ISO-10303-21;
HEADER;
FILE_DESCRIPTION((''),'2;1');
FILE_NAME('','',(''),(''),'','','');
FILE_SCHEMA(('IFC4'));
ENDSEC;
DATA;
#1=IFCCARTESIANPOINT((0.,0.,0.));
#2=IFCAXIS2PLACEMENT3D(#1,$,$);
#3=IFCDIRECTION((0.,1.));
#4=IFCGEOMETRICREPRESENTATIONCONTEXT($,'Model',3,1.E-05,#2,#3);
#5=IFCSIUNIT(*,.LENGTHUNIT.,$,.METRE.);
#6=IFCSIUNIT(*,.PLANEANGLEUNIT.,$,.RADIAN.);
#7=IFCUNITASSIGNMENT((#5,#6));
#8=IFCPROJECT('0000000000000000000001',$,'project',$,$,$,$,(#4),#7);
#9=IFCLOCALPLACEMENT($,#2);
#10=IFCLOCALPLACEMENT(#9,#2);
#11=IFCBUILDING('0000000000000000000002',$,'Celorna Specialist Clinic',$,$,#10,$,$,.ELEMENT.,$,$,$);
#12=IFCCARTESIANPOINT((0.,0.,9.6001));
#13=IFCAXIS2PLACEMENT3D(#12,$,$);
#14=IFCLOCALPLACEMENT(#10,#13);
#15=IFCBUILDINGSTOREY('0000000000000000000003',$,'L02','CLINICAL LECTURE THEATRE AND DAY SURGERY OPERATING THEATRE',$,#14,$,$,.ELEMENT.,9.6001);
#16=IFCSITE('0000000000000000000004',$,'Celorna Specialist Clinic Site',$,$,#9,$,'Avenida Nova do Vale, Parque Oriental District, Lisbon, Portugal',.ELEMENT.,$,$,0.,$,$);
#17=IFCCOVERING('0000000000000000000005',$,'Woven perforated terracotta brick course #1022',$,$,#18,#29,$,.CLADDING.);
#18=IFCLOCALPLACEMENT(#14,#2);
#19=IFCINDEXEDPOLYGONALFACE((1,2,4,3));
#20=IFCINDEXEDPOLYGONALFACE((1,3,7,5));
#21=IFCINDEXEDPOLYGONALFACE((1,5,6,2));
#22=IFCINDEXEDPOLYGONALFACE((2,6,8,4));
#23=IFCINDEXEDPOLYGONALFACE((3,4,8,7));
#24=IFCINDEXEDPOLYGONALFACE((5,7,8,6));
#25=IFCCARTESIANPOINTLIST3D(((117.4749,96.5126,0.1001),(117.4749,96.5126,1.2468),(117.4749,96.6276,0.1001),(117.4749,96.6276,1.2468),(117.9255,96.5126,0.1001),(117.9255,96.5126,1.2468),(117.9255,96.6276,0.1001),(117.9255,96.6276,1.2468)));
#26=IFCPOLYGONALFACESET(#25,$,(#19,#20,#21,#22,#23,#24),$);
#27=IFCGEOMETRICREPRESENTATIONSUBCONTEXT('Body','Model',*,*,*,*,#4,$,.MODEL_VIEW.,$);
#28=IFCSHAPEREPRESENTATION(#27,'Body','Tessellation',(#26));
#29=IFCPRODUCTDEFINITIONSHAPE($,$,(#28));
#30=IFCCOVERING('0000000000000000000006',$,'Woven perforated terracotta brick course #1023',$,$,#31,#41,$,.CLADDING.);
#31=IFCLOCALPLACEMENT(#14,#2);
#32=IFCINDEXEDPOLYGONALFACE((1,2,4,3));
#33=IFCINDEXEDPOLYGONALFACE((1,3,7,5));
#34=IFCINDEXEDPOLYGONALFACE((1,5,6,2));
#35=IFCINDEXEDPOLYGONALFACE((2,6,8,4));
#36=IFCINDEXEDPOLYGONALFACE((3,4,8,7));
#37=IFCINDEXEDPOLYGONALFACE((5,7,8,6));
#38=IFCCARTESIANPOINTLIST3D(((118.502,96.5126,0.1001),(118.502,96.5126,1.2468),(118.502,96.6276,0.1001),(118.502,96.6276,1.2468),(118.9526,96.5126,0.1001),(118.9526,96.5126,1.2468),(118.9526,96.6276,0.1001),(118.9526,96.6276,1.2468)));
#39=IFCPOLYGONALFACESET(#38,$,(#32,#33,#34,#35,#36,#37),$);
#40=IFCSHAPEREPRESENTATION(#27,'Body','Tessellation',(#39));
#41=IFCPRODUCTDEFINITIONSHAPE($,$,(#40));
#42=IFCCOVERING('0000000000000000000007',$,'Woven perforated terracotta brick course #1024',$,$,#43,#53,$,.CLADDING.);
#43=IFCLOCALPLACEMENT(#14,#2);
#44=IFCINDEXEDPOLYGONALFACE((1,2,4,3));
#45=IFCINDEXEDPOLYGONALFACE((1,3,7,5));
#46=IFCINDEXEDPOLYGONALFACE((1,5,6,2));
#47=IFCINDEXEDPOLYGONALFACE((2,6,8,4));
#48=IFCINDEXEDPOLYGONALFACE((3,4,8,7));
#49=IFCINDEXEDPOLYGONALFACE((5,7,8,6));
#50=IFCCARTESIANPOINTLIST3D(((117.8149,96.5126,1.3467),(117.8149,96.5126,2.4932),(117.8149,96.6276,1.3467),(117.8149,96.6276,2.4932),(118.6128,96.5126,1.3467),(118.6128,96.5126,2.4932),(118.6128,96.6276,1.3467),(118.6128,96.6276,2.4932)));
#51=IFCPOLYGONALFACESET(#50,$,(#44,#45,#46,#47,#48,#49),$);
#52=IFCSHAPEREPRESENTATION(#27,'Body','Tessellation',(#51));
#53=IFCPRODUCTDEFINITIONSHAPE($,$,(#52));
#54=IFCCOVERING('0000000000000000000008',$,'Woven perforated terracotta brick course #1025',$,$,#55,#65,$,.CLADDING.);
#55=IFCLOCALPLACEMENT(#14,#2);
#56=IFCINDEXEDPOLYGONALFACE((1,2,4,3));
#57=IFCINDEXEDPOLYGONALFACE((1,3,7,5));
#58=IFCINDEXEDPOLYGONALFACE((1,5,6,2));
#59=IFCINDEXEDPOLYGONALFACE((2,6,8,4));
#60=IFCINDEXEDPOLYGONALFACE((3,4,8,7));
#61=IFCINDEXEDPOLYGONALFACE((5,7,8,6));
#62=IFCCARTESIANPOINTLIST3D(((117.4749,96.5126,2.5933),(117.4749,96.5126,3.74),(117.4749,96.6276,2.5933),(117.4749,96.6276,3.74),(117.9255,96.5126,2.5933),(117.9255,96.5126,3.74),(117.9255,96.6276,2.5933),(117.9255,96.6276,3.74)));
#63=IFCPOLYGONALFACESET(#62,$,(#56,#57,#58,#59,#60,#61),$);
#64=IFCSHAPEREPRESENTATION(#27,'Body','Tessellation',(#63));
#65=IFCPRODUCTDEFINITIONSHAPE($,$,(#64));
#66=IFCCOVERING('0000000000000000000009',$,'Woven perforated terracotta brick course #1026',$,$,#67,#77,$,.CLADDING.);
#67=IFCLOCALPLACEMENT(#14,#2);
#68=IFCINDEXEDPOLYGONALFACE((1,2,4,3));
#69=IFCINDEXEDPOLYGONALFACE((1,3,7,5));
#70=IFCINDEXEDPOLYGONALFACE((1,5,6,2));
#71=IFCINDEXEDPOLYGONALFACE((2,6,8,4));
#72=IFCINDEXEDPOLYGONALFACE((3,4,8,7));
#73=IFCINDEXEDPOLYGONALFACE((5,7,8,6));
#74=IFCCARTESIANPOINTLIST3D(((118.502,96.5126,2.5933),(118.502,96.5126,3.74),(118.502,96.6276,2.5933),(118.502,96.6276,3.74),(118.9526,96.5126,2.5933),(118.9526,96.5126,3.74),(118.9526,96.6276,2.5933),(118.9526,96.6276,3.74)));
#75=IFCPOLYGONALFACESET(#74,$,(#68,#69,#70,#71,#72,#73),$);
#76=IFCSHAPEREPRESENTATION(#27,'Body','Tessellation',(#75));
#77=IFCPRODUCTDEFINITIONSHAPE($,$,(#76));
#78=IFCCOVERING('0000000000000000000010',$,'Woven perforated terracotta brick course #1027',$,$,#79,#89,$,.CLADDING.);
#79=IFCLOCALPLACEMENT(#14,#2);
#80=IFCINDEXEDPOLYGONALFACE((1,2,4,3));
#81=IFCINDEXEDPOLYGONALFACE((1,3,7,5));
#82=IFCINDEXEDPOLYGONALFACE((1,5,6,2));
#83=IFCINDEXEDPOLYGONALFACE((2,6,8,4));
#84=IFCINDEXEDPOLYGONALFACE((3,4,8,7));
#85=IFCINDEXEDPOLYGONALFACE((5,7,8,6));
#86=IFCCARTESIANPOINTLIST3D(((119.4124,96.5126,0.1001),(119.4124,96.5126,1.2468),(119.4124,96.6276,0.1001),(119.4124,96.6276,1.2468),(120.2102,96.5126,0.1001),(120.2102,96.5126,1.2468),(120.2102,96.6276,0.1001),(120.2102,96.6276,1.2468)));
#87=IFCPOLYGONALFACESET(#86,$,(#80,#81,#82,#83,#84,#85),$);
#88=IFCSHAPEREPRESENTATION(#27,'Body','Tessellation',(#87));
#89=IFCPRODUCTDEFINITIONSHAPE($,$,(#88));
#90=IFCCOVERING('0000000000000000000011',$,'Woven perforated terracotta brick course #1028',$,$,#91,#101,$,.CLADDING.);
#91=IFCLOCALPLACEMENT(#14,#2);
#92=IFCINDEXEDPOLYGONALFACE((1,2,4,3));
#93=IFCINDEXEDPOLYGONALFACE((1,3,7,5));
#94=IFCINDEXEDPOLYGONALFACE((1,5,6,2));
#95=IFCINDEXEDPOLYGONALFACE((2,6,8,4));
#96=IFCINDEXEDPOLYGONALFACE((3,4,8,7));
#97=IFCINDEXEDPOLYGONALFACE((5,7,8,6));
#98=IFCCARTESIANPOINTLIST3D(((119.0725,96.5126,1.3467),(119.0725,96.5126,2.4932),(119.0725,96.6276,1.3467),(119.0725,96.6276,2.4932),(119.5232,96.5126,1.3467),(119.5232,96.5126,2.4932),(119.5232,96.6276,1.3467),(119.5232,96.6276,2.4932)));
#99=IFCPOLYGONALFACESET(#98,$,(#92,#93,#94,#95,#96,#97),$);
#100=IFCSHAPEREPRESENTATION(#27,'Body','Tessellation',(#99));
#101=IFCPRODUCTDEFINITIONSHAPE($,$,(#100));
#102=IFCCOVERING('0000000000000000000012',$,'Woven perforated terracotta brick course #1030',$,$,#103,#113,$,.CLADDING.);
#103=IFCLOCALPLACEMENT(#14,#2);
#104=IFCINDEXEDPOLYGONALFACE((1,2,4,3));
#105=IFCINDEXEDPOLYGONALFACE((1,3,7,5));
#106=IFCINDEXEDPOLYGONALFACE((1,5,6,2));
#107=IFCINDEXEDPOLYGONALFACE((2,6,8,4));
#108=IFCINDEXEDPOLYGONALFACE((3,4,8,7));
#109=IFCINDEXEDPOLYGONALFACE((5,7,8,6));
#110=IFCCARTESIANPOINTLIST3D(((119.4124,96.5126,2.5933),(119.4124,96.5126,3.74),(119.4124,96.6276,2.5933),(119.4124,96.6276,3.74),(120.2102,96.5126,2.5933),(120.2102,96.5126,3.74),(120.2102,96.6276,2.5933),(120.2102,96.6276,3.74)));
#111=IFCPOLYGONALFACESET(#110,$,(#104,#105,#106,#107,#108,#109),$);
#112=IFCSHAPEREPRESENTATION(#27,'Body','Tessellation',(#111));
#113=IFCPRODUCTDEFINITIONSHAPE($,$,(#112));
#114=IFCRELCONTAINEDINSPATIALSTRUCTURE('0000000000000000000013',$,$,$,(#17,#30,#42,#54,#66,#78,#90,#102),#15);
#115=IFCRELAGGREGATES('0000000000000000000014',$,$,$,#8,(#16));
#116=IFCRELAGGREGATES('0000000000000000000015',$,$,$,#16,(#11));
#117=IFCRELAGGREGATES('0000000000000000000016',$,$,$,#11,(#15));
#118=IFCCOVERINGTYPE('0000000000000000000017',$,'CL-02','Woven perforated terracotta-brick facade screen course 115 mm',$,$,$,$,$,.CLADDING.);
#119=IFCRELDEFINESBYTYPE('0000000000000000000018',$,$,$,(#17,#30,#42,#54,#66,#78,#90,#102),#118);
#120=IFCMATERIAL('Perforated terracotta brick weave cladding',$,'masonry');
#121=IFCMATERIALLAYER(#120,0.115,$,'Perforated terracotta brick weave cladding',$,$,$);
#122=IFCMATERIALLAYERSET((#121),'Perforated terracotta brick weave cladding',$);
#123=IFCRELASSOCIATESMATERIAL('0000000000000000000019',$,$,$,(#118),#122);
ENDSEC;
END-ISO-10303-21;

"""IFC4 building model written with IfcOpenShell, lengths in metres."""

from ifc_helpers import new_model, si_unit, direction, frame, origin, origin_2d, place, context, subcontext, project, spatial, rectangle, extrude, material, layer, layer_set, type_object, element, save


model = new_model("IFC4")

# Units and contexts
model_context = context("Model", 3, precision=1e-05, world=origin(), true_north=direction((0.0, 1.0)))
body_context = subcontext(model_context, "Body", "Model", "MODEL_VIEW")
ifc_project = project(units=[si_unit("LENGTHUNIT", "METRE"), si_unit("PLANEANGLEUNIT", "RADIAN")], contexts=[model_context])

# Site, building, storey
site_placement = place(None, origin())
site = spatial("IfcSite", under=ifc_project, at=site_placement, Name="Celorna Specialist Clinic Site", LongName="Avenida Nova do Vale, Parque Oriental District, Lisbon, Portugal", CompositionType="ELEMENT", RefElevation=0.0)
building_placement = place(site_placement, origin())
building = spatial("IfcBuilding", under=site, at=building_placement, Name="Celorna Specialist Clinic", CompositionType="ELEMENT")
storey_placement = place(building_placement, frame((0.0, 0.0, 9.6001)))
storey = spatial("IfcBuildingStorey", under=building, at=storey_placement, Name="L02", Description="CLINICAL LECTURE THEATRE AND DAY SURGERY OPERATING THEATRE", CompositionType="ELEMENT", Elevation=9.6001)

# Coverings
ifc_material_1 = material(Name="Perforated terracotta brick weave cladding", Category="masonry")
ifc_layer_1 = layer(ifc_material_1, 0.115, Name="Perforated terracotta brick weave cladding")
ifc_layer_set_1 = layer_set([ifc_layer_1], Name="Perforated terracotta brick weave cladding")
covering_type = type_object("IfcCoveringType", Name="CL-02", Description="Woven perforated terracotta-brick facade screen course 115 mm", PredefinedType="CLADDING", material=ifc_layer_set_1)
for number, where, z_axis, x_axis, name in (
    (1, (117.7002, 96.5701, 0.1001), (0.0, 0.0, 1.0), (1.0, 0.0, 0.0), "Woven perforated terracotta brick course #1022"),
    (2, (118.7273, 96.5701, 0.1001), (0.0, 0.0, 1.0), (1.0, 0.0, 0.0), "Woven perforated terracotta brick course #1023"),
):
    element("IfcCovering", number, at=place(storey_placement, frame(where, z_axis=z_axis, x_axis=x_axis)), inside=storey, type_object=covering_type, Name=name, PredefinedType="CLADDING", context=body_context, shape_type="SweptSolid", body=[
        extrude(rectangle(XDim=0.4507, YDim=0.115, at=origin_2d()), origin(), (0.0, 0.0, 1.0), 1.1467),
    ])
covering_1_placement = place(storey_placement, frame((118.2139, 96.5701, 1.3467), z_axis=(0.0, 0.0, 1.0), x_axis=(1.0, 0.0, 0.0)))
element("IfcCovering", 3, at=covering_1_placement, inside=storey, type_object=covering_type, Name="Woven perforated terracotta brick course #1024", PredefinedType="CLADDING", context=body_context, shape_type="SweptSolid", body=[
    extrude(rectangle(XDim=0.7979, YDim=0.115, at=origin_2d()), origin(), (0.0, 0.0, 1.0), 1.1465),
])
for number, where, z_axis, x_axis, name in (
    (4, (117.7002, 96.5701, 2.5933), (0.0, 0.0, 1.0), (1.0, 0.0, 0.0), "Woven perforated terracotta brick course #1025"),
    (5, (118.7273, 96.5701, 2.5933), (0.0, 0.0, 1.0), (1.0, 0.0, 0.0), "Woven perforated terracotta brick course #1026"),
):
    element("IfcCovering", number, at=place(storey_placement, frame(where, z_axis=z_axis, x_axis=x_axis)), inside=storey, type_object=covering_type, Name=name, PredefinedType="CLADDING", context=body_context, shape_type="SweptSolid", body=[
        extrude(rectangle(XDim=0.4507, YDim=0.115, at=origin_2d()), origin(), (0.0, 0.0, 1.0), 1.1467),
    ])
covering_2_placement = place(storey_placement, frame((119.8113, 96.5701, 0.1001), z_axis=(0.0, 0.0, 1.0), x_axis=(1.0, 0.0, 0.0)))
element("IfcCovering", 6, at=covering_2_placement, inside=storey, type_object=covering_type, Name="Woven perforated terracotta brick course #1027", PredefinedType="CLADDING", context=body_context, shape_type="SweptSolid", body=[
    extrude(rectangle(XDim=0.7979, YDim=0.115, at=origin_2d()), origin(), (0.0, 0.0, 1.0), 1.1467),
])
covering_3_placement = place(storey_placement, frame((119.2979, 96.5701, 1.3467), z_axis=(0.0, 0.0, 1.0), x_axis=(1.0, 0.0, 0.0)))
element("IfcCovering", 7, at=covering_3_placement, inside=storey, type_object=covering_type, Name="Woven perforated terracotta brick course #1028", PredefinedType="CLADDING", context=body_context, shape_type="SweptSolid", body=[
    extrude(rectangle(XDim=0.4507, YDim=0.115, at=origin_2d()), origin(), (0.0, 0.0, 1.0), 1.1465),
])
covering_4_placement = place(storey_placement, frame((119.8113, 96.5701, 2.5933), z_axis=(0.0, 0.0, 1.0), x_axis=(1.0, 0.0, 0.0)))
element("IfcCovering", 8, at=covering_4_placement, inside=storey, type_object=covering_type, Name="Woven perforated terracotta brick course #1030", PredefinedType="CLADDING", context=body_context, shape_type="SweptSolid", body=[
    extrude(rectangle(XDim=0.7979, YDim=0.115, at=origin_2d()), origin(), (0.0, 0.0, 1.0), 1.1467),
])

save(model, "model.ifc")
